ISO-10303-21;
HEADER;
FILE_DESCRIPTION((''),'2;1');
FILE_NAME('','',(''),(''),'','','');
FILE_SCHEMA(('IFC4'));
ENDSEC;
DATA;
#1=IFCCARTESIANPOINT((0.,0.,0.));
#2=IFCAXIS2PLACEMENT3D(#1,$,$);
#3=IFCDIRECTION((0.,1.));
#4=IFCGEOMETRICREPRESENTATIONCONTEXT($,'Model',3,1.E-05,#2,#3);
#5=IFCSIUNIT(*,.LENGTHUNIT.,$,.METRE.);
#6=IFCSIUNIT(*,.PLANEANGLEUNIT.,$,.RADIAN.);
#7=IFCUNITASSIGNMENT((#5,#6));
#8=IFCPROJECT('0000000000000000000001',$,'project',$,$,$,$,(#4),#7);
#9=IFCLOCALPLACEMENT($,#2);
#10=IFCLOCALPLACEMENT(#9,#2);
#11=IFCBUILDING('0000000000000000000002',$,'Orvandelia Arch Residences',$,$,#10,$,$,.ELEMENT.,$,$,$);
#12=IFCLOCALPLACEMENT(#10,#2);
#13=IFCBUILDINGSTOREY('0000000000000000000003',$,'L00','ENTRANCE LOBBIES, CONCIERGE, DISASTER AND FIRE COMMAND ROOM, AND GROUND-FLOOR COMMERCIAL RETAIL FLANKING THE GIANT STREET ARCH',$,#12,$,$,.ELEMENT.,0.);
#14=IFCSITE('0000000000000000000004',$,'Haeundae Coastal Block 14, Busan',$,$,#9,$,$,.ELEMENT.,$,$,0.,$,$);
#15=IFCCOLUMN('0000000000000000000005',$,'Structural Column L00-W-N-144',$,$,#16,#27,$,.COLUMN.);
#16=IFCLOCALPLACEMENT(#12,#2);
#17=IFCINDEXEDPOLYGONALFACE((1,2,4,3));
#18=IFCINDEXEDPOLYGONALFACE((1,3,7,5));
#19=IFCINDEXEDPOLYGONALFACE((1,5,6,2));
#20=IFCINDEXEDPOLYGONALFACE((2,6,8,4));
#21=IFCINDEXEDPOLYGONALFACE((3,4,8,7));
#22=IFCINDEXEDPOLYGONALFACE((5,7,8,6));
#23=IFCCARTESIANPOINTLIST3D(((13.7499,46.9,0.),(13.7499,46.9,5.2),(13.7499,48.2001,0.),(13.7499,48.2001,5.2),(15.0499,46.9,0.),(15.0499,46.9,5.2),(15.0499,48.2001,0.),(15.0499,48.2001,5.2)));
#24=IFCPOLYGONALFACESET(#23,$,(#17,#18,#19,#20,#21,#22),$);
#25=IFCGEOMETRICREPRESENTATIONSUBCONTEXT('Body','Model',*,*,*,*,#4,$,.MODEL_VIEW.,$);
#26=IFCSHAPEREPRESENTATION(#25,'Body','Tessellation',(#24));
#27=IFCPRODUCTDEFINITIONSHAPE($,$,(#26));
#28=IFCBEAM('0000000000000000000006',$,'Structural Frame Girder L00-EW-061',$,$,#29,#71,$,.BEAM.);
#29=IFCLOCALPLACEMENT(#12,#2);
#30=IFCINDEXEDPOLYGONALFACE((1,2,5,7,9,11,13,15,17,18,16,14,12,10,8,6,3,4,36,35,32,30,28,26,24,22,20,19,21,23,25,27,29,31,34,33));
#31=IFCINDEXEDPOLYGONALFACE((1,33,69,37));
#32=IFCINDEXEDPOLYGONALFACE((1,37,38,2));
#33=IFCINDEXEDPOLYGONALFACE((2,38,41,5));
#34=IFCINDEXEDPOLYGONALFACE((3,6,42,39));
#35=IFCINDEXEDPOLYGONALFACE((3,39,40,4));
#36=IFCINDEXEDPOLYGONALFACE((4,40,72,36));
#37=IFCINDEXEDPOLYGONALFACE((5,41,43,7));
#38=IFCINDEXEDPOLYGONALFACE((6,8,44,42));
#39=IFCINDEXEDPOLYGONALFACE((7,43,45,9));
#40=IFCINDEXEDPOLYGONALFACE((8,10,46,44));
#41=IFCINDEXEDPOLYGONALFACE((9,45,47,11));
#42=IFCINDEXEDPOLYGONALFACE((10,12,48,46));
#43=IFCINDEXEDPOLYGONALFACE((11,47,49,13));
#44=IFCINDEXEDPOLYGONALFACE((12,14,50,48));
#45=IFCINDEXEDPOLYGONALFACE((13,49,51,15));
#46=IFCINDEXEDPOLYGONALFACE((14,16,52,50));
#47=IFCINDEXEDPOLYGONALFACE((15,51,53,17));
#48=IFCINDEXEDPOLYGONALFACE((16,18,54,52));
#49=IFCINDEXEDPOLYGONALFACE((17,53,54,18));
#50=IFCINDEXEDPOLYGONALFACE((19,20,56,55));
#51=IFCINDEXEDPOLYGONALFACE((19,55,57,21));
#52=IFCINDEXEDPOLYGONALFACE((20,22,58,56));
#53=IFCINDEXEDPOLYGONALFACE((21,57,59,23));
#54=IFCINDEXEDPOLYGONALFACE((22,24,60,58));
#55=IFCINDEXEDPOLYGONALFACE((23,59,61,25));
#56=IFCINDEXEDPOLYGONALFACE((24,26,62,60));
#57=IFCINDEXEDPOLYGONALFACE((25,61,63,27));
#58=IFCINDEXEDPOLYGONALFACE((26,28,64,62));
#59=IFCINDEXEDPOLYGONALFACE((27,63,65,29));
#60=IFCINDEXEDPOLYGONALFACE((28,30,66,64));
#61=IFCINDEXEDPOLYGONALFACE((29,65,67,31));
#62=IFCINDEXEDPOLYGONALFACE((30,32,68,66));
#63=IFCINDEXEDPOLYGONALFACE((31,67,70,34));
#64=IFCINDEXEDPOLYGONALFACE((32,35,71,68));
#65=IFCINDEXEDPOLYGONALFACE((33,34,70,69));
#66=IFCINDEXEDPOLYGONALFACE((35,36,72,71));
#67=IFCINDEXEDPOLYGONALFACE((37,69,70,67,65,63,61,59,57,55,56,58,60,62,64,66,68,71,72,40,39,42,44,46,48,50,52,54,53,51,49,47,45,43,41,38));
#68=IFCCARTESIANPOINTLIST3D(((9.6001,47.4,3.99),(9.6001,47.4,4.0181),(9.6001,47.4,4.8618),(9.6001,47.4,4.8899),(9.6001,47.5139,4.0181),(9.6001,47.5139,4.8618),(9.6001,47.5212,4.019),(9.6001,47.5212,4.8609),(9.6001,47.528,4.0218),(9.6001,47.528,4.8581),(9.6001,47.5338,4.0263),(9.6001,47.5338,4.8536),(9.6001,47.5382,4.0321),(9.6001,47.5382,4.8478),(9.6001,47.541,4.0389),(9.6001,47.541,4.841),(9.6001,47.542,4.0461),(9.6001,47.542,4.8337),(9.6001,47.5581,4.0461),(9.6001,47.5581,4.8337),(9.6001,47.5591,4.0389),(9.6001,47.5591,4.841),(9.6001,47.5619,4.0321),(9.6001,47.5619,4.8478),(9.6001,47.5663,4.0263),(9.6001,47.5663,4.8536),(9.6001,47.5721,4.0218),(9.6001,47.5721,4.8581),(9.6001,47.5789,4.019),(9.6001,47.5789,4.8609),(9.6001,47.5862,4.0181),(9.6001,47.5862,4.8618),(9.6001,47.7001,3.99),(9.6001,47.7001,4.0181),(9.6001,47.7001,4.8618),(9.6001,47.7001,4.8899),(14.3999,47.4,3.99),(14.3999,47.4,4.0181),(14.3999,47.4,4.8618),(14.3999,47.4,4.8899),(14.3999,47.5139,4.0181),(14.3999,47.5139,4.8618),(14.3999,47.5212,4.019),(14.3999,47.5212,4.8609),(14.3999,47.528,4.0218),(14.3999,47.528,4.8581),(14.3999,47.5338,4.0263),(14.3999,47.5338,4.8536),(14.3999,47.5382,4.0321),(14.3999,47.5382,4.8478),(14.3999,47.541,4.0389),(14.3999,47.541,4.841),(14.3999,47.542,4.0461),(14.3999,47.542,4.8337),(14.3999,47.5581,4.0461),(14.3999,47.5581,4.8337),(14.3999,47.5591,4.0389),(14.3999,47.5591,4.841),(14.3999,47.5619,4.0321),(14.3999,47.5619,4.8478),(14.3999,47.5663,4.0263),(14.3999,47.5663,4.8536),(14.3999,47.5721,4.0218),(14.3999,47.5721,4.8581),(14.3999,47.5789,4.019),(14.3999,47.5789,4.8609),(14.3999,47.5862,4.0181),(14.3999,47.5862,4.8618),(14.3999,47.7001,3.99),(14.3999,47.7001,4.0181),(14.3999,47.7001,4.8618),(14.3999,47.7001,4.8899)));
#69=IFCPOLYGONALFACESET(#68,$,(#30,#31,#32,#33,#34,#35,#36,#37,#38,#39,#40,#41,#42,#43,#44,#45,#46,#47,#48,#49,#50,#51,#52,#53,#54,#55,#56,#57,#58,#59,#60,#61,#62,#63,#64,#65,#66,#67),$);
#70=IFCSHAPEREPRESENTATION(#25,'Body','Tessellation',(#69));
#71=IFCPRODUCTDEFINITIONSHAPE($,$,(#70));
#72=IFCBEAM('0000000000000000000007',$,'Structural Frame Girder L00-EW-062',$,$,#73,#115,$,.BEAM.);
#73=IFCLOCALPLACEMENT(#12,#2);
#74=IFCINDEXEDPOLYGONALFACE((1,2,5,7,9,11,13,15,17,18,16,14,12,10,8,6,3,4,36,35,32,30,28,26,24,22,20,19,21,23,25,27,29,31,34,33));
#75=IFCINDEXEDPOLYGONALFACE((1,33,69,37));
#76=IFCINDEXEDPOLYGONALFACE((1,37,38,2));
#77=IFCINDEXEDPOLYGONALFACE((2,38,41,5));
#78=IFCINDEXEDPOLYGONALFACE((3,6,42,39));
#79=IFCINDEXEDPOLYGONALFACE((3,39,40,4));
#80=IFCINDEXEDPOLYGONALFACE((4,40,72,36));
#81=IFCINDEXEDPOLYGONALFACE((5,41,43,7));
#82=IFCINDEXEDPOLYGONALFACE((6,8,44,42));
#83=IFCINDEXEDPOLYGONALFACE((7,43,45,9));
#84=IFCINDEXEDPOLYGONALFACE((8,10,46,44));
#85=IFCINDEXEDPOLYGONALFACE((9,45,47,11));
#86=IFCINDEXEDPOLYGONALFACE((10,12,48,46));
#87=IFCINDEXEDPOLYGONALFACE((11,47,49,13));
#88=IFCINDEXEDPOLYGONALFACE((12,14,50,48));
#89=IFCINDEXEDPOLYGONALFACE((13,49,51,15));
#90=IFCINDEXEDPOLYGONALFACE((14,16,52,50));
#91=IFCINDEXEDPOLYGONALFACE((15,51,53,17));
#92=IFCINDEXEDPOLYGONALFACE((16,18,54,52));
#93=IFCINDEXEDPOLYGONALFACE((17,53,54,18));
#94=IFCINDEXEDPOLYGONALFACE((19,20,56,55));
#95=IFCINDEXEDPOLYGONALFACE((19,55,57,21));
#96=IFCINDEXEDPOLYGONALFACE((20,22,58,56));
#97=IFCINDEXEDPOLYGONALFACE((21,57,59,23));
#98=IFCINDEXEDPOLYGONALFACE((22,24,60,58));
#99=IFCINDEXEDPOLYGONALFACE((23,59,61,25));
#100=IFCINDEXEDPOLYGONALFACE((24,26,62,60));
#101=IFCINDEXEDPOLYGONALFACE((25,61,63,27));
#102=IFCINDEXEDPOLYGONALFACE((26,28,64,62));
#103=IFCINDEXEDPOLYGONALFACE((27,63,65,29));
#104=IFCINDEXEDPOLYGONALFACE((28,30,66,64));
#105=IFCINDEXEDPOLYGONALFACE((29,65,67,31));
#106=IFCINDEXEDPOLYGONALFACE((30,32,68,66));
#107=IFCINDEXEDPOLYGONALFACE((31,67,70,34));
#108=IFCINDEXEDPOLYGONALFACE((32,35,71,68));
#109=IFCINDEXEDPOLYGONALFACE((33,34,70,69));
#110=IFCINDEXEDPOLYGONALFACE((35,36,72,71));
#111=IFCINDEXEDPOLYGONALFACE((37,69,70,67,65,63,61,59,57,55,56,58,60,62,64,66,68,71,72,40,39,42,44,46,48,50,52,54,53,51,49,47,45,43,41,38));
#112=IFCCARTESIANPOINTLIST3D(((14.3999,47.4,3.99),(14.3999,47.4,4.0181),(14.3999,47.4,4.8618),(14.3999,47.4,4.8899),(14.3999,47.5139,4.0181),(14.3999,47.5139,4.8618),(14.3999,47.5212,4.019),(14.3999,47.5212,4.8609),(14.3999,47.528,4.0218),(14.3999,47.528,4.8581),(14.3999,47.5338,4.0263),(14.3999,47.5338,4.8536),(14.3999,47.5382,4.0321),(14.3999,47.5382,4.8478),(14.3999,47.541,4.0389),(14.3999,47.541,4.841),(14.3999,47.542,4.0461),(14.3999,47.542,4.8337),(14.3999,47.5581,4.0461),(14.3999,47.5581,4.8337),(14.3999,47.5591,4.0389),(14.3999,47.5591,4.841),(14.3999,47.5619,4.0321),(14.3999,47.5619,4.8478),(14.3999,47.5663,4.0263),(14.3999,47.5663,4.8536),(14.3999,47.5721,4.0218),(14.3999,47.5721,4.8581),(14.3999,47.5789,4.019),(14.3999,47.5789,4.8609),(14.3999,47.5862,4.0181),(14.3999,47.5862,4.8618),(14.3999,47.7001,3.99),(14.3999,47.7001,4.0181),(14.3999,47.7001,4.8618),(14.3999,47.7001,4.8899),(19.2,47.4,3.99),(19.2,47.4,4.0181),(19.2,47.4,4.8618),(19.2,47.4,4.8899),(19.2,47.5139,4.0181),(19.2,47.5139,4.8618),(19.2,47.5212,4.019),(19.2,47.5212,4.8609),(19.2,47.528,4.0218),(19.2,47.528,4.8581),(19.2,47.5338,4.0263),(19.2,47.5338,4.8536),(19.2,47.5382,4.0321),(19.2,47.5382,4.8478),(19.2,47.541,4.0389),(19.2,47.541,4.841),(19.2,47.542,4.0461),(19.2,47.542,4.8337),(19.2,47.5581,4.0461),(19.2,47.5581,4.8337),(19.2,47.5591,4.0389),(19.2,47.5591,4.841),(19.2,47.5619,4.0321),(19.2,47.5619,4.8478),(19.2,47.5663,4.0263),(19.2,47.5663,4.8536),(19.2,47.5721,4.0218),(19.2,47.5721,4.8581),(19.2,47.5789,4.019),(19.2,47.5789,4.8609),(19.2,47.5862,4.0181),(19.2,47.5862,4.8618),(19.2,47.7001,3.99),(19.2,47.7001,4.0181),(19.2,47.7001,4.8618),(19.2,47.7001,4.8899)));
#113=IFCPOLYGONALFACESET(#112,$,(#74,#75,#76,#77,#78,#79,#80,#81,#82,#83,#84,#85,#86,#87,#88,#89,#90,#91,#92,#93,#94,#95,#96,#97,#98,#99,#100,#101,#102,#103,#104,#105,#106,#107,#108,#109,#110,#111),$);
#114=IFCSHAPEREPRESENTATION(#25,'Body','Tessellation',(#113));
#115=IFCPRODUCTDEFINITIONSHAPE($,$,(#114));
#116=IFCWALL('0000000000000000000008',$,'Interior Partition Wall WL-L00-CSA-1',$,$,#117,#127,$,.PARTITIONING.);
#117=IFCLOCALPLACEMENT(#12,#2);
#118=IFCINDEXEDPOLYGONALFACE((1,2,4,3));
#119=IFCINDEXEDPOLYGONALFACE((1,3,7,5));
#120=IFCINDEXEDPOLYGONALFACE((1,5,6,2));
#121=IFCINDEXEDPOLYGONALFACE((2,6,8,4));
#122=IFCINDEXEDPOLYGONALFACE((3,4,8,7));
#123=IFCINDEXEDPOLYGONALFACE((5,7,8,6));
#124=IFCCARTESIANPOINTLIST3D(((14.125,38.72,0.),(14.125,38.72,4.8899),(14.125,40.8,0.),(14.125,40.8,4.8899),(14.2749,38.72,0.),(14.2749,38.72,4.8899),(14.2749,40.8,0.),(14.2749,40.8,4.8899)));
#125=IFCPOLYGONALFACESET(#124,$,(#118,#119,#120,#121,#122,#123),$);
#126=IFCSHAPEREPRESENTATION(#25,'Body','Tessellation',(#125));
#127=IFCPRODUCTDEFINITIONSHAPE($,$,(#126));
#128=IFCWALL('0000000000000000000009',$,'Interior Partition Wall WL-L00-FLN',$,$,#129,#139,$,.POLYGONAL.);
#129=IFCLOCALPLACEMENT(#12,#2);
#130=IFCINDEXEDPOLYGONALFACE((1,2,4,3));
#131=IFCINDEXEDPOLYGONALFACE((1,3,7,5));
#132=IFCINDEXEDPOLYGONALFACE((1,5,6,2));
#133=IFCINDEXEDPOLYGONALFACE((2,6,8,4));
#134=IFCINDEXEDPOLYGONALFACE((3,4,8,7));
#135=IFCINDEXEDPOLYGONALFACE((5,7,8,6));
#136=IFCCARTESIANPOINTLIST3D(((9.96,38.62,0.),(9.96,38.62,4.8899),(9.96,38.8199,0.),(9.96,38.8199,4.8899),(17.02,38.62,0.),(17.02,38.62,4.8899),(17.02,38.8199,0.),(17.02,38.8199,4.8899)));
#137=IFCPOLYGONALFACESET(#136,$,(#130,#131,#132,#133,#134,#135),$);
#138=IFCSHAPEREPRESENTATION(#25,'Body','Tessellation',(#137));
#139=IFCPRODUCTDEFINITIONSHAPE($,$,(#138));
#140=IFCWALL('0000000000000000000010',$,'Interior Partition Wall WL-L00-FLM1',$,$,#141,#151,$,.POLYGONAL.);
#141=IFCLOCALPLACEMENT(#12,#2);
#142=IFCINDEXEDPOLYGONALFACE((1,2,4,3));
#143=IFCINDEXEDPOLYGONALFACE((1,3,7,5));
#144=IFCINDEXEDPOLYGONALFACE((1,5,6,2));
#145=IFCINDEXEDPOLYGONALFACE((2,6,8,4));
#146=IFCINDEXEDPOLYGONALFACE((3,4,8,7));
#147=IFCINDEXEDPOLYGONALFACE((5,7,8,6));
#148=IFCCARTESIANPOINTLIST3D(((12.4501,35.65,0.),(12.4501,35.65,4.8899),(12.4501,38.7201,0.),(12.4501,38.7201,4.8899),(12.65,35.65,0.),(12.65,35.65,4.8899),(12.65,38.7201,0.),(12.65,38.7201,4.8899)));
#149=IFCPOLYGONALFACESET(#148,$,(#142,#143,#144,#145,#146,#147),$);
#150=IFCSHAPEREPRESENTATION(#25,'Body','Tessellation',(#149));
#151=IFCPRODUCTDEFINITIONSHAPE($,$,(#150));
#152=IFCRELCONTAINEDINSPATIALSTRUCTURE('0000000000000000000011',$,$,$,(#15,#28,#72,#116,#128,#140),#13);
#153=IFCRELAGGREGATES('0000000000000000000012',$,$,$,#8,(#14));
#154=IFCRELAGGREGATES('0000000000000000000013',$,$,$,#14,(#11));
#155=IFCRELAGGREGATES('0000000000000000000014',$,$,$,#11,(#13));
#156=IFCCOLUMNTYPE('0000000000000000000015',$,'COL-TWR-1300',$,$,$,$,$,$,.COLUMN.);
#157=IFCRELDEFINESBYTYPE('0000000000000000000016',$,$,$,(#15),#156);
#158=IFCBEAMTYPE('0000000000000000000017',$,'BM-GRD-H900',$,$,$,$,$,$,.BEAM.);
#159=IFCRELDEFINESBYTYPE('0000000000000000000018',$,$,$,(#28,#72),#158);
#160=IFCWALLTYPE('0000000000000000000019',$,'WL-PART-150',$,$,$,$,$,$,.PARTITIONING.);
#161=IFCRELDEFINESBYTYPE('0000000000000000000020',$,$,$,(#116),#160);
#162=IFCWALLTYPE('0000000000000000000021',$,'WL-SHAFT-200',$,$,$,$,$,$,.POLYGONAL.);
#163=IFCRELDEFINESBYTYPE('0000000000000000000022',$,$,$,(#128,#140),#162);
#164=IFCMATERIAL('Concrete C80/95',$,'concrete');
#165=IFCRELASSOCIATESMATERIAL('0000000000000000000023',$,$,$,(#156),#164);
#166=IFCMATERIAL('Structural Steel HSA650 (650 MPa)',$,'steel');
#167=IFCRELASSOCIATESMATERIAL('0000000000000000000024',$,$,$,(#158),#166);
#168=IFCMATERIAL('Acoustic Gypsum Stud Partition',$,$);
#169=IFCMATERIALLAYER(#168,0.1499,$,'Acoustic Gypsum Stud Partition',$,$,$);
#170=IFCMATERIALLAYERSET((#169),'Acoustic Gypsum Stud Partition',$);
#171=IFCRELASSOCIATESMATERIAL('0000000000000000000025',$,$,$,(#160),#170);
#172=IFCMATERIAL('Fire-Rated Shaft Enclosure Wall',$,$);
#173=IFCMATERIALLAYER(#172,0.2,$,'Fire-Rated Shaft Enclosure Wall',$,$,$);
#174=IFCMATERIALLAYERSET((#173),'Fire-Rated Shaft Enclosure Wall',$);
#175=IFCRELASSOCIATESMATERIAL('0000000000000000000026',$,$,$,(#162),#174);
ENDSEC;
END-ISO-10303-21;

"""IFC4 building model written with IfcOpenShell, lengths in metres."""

from ifc_helpers import new_model, si_unit, direction, frame, frame_2d, origin, origin_2d, place, context, subcontext, project, spatial, rectangle, i_section, extrude, material, layer, layer_set, material_profile, profile_set, type_object, element, save


model = new_model("IFC4")

# Units and contexts
model_context = context("Model", 3, precision=1e-05, world=origin(), true_north=direction((0.0, 1.0)))
body_context = subcontext(model_context, "Body", "Model", "MODEL_VIEW")
ifc_project = project(units=[si_unit("LENGTHUNIT", "METRE"), si_unit("PLANEANGLEUNIT", "RADIAN")], contexts=[model_context])

# Site, building, storey
site_placement = place(None, origin())
site = spatial("IfcSite", under=ifc_project, at=site_placement, Name="Haeundae Coastal Block 14, Busan", CompositionType="ELEMENT", RefElevation=0.0)
building_placement = place(site_placement, origin())
building = spatial("IfcBuilding", under=site, at=building_placement, Name="Orvandelia Arch Residences", CompositionType="ELEMENT")
storey_placement = place(building_placement, origin())
storey = spatial("IfcBuildingStorey", under=building, at=storey_placement, Name="L00", Description="ENTRANCE LOBBIES, CONCIERGE, DISASTER AND FIRE COMMAND ROOM, AND GROUND-FLOOR COMMERCIAL RETAIL FLANKING THE GIANT STREET ARCH", CompositionType="ELEMENT", Elevation=0.0)

# Column
ifc_material_1 = material(Name="Concrete C80/95", Category="concrete")
ifc_material_profile_1 = material_profile(ifc_material_1, rectangle(XDim=1.3, YDim=1.3, at=origin_2d()), Name="Concrete C80/95", Category="concrete")
ifc_profile_set_1 = profile_set([ifc_material_profile_1], Name="Concrete C80/95")
column_type = type_object("IfcColumnType", Name="COL-TWR-1300", PredefinedType="COLUMN", material=ifc_profile_set_1)
column_placement = place(storey_placement, frame((14.3999, 47.55, 0.0), z_axis=(0.0, 0.0, 1.0), x_axis=(1.0, 0.0, 0.0)))
element("IfcColumn", 1, at=column_placement, inside=storey, type_object=column_type, Name="Structural Column L00-W-N-144", PredefinedType="COLUMN", context=body_context, shape_type="SweptSolid", body=[
    extrude(rectangle(XDim=1.3, YDim=1.3, at=origin_2d()), origin(), (0.0, 0.0, 1.0), 5.2),
])

# Beams
ifc_material_2 = material(Name="Structural Steel HSA650 (650 MPa)", Category="steel")
ifc_material_profile_2 = material_profile(ifc_material_2, i_section(OverallWidth=0.3, OverallDepth=0.8999, WebThickness=0.0161, FlangeThickness=0.0281, FilletRadius=0.0281, at=origin_2d()), Name="Structural Steel HSA650 (650 MPa)", Category="steel")
ifc_profile_set_2 = profile_set([ifc_material_profile_2], Name="Structural Steel HSA650 (650 MPa)")
beam_type = type_object("IfcBeamType", Name="BM-GRD-H900", PredefinedType="BEAM", material=ifc_profile_set_2)
beam_1_placement = place(storey_placement, frame((9.6001, 47.55, 4.4399), z_axis=(1.0, 0.0, 0.0), x_axis=(0.0, 1.0, 0.0)))
element("IfcBeam", 2, at=beam_1_placement, inside=storey, type_object=beam_type, Name="Structural Frame Girder L00-EW-061", PredefinedType="BEAM", context=body_context, shape_type="SweptSolid", body=[
    extrude(i_section(OverallWidth=0.3, OverallDepth=0.8999, WebThickness=0.0161, FlangeThickness=0.0281, FilletRadius=0.0281, at=origin_2d()), origin(), (0.0, 0.0, 1.0), 4.7998),
])
beam_2_placement = place(storey_placement, frame((14.3999, 47.55, 4.4399), z_axis=(1.0, 0.0, 0.0), x_axis=(0.0, 1.0, 0.0)))
element("IfcBeam", 3, at=beam_2_placement, inside=storey, type_object=beam_type, Name="Structural Frame Girder L00-EW-062", PredefinedType="BEAM", context=body_context, shape_type="SweptSolid", body=[
    extrude(i_section(OverallWidth=0.3, OverallDepth=0.8999, WebThickness=0.0161, FlangeThickness=0.0281, FilletRadius=0.0281, at=origin_2d()), origin(), (0.0, 0.0, 1.0), 4.8),
])

# Walls
ifc_material_3 = material(Name="Acoustic Gypsum Stud Partition")
ifc_layer_1 = layer(ifc_material_3, 0.1499, Name="Acoustic Gypsum Stud Partition")
ifc_layer_set_1 = layer_set([ifc_layer_1], Name="Acoustic Gypsum Stud Partition")
wall_type_1 = type_object("IfcWallType", Name="WL-PART-150", PredefinedType="PARTITIONING", material=ifc_layer_set_1)
wall_1_placement = place(storey_placement, frame((14.2, 38.72, 0.0), z_axis=(0.0, 0.0, 1.0), x_axis=(0.0, 1.0, 0.0)))
element("IfcWall", 4, at=wall_1_placement, inside=storey, type_object=wall_type_1, Name="Interior Partition Wall WL-L00-CSA-1", PredefinedType="PARTITIONING", context=body_context, shape_type="SweptSolid", body=[
    extrude(rectangle(XDim=2.0801, YDim=0.1499, at=frame_2d((1.04, 0.0))), origin(), (0.0, 0.0, 1.0), 4.8899),
])
ifc_material_4 = material(Name="Fire-Rated Shaft Enclosure Wall")
ifc_layer_2 = layer(ifc_material_4, 0.2, Name="Fire-Rated Shaft Enclosure Wall")
ifc_layer_set_2 = layer_set([ifc_layer_2], Name="Fire-Rated Shaft Enclosure Wall")
wall_type_2 = type_object("IfcWallType", Name="WL-SHAFT-200", PredefinedType="POLYGONAL", material=ifc_layer_set_2)
wall_2_placement = place(storey_placement, frame((9.96, 38.72, 0.0), z_axis=(0.0, 0.0, 1.0), x_axis=(1.0, 0.0, 0.0)))
element("IfcWall", 5, at=wall_2_placement, inside=storey, type_object=wall_type_2, Name="Interior Partition Wall WL-L00-FLN", PredefinedType="POLYGONAL", context=body_context, shape_type="SweptSolid", body=[
    extrude(rectangle(XDim=7.0601, YDim=0.2, at=frame_2d((3.53, 0.0))), origin(), (0.0, 0.0, 1.0), 4.8899),
])
wall_3_placement = place(storey_placement, frame((12.55, 35.6499, 0.0), z_axis=(0.0, 0.0, 1.0), x_axis=(0.0, 1.0, 0.0)))
element("IfcWall", 6, at=wall_3_placement, inside=storey, type_object=wall_type_2, Name="Interior Partition Wall WL-L00-FLM1", PredefinedType="POLYGONAL", context=body_context, shape_type="SweptSolid", body=[
    extrude(rectangle(XDim=3.0701, YDim=0.2, at=frame_2d((1.5352, 0.0))), origin(), (0.0, 0.0, 1.0), 4.8899),
])

save(model, "model.ifc")
